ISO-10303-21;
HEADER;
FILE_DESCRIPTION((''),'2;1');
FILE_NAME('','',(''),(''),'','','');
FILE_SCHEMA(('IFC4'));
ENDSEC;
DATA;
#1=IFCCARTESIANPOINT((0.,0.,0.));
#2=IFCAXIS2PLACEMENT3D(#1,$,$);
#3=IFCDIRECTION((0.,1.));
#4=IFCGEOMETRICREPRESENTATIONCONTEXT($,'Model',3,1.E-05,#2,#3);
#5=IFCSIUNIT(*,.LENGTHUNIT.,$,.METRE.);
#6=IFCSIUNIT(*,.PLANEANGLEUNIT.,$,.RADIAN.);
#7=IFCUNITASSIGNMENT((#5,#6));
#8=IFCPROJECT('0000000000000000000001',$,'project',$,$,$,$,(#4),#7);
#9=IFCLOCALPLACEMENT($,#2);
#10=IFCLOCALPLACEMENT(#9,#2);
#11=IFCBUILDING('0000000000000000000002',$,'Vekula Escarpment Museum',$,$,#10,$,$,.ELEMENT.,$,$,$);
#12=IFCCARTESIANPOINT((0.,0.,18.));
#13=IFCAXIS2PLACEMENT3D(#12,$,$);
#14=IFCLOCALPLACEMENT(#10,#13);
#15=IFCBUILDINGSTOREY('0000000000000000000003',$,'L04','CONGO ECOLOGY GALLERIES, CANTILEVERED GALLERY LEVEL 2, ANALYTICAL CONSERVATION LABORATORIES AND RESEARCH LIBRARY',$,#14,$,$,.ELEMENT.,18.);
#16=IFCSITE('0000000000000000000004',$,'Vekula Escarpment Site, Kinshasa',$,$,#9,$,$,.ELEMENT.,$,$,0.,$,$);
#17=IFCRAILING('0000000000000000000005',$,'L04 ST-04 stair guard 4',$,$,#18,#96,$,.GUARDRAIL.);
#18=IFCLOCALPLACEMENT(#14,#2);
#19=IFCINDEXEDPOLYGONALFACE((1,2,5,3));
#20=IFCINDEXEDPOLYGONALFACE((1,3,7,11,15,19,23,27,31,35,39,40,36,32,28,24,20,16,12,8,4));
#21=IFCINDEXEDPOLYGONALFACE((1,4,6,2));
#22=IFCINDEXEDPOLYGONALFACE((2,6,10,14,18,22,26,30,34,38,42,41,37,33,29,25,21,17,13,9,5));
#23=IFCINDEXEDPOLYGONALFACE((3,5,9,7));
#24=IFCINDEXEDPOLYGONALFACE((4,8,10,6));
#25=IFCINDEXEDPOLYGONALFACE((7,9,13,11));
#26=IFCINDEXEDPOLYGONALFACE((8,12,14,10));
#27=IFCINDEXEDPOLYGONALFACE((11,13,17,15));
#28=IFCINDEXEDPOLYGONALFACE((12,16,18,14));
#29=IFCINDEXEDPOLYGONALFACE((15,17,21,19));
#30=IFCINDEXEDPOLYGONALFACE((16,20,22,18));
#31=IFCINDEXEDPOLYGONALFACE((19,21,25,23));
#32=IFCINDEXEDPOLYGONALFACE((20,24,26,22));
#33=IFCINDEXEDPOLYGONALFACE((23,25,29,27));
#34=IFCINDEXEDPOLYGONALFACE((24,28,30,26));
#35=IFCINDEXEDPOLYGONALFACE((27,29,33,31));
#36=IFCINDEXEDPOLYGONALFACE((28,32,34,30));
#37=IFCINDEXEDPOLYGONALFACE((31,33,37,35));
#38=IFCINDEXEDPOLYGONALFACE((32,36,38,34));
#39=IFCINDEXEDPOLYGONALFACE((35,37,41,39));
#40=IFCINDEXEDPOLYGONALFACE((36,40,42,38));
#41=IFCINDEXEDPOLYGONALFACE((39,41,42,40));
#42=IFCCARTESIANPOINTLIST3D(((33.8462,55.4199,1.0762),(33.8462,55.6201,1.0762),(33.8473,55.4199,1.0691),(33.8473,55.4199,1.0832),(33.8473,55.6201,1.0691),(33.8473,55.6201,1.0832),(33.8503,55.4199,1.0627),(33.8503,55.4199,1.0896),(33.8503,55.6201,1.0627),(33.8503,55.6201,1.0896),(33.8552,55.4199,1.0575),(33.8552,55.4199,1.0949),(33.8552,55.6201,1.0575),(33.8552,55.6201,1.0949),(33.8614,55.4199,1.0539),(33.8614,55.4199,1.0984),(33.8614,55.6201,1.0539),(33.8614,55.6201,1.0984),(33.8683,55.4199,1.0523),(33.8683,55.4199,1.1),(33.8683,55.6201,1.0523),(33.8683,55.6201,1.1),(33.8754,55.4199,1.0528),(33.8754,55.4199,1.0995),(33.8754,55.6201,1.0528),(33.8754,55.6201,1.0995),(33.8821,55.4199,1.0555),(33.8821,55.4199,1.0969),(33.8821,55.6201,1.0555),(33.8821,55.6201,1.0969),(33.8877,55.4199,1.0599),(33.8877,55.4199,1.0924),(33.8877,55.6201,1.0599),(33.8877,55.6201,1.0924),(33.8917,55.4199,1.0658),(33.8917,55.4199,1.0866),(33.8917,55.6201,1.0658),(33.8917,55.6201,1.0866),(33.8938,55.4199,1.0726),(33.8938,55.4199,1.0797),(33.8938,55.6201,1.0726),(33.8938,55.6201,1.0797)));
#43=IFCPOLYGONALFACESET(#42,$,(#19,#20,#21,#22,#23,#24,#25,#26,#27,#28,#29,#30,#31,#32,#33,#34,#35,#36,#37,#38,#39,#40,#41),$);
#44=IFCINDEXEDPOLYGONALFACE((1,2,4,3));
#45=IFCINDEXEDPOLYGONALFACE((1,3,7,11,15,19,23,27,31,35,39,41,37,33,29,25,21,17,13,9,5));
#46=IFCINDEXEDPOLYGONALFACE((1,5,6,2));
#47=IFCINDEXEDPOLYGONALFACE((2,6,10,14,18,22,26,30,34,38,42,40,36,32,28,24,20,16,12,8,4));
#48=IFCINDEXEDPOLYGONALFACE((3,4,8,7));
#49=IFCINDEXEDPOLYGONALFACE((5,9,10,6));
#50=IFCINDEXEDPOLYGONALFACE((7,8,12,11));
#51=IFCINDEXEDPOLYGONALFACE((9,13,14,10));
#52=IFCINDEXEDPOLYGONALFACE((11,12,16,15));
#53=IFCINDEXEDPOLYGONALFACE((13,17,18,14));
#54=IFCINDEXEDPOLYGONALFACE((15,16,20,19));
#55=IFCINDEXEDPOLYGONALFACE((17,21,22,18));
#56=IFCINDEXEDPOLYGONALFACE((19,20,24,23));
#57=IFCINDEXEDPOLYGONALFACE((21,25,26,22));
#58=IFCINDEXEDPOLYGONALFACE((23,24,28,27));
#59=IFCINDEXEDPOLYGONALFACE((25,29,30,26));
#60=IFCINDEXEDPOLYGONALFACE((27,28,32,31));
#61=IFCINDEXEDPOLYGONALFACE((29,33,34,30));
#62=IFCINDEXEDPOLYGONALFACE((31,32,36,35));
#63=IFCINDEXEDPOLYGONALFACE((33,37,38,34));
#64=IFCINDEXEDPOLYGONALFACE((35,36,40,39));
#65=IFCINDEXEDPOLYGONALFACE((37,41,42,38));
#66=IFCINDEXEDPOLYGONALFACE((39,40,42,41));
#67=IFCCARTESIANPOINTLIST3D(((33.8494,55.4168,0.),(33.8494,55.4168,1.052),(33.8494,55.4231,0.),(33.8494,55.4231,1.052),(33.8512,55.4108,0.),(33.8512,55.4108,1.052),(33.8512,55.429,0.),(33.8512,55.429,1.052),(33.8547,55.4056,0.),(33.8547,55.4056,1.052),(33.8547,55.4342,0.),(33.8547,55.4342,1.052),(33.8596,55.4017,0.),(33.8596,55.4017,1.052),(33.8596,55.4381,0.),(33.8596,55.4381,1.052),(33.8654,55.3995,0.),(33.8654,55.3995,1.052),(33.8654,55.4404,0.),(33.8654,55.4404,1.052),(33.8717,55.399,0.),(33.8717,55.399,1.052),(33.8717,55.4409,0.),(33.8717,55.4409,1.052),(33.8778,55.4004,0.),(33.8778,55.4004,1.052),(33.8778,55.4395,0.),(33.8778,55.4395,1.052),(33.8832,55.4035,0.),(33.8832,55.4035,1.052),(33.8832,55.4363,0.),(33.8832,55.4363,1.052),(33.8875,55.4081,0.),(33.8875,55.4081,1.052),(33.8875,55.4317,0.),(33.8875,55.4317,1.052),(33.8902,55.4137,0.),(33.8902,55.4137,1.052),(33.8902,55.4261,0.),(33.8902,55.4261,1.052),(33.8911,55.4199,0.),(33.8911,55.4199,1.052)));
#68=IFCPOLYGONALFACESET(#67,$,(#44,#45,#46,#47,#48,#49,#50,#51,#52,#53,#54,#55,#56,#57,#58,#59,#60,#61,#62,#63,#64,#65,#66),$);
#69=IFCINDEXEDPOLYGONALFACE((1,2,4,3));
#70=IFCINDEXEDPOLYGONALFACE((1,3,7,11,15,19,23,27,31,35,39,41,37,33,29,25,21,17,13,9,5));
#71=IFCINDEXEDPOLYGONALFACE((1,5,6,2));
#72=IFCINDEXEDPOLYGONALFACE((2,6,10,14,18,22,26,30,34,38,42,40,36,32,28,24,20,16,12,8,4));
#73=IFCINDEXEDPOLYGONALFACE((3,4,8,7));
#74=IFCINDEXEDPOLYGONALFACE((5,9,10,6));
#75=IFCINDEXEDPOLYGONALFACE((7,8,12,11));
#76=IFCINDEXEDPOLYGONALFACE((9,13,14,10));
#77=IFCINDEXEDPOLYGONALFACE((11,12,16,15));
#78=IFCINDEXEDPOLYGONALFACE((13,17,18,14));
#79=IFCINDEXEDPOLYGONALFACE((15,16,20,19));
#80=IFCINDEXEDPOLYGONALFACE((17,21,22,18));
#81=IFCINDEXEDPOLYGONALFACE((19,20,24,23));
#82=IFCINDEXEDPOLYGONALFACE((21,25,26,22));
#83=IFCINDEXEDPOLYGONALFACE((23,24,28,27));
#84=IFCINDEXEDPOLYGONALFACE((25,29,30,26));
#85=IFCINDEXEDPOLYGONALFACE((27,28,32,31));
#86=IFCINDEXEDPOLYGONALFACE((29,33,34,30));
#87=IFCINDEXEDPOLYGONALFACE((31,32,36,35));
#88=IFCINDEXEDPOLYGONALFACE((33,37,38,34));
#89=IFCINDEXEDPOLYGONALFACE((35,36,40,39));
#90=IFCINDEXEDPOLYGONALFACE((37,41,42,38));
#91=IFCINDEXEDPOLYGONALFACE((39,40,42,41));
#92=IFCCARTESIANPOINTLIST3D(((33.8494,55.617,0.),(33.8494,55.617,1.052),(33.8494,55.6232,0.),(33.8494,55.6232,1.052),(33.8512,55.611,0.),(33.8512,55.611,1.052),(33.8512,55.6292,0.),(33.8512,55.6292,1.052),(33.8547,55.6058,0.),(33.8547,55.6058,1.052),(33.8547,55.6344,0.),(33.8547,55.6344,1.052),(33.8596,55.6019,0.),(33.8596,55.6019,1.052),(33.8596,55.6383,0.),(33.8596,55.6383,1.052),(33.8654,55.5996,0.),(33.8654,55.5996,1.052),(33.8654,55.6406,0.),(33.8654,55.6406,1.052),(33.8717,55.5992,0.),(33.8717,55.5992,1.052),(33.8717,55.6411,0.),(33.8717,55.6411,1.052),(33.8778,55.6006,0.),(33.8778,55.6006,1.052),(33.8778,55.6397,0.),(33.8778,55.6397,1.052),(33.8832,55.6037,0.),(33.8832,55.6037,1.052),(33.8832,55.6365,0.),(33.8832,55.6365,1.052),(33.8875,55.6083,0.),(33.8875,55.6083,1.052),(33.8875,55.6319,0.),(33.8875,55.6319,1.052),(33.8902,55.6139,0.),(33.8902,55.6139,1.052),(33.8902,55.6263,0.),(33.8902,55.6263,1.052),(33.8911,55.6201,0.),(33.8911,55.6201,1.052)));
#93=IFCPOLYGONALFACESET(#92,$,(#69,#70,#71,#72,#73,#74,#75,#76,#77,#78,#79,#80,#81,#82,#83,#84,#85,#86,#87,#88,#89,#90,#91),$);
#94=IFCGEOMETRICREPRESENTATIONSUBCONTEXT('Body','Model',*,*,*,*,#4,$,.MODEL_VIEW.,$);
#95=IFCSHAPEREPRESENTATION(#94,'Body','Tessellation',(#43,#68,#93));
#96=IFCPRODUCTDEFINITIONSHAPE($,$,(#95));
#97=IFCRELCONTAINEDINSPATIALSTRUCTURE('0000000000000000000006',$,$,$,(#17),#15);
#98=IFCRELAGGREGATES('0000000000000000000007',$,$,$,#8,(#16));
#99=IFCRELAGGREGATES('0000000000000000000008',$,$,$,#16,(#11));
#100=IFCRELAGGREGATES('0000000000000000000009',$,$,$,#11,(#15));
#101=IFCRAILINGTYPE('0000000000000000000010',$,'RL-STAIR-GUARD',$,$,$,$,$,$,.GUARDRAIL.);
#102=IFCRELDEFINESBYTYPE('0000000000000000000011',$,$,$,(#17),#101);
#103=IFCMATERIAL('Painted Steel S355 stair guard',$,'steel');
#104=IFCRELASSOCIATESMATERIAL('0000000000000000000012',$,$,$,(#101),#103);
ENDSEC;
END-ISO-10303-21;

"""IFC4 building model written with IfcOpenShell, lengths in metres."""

from ifc_helpers import new_model, si_unit, direction, frame, origin, origin_2d, place, context, subcontext, project, spatial, circle, extrude, material, type_object, element, save


model = new_model("IFC4")

# Units and contexts
model_context = context("Model", 3, precision=1e-05, world=origin(), true_north=direction((0.0, 1.0)))
body_context = subcontext(model_context, "Body", "Model", "MODEL_VIEW")
ifc_project = project(units=[si_unit("LENGTHUNIT", "METRE"), si_unit("PLANEANGLEUNIT", "RADIAN")], contexts=[model_context])

# Site, building, storey
site_placement = place(None, origin())
site = spatial("IfcSite", under=ifc_project, at=site_placement, Name="Vekula Escarpment Site, Kinshasa", CompositionType="ELEMENT", RefElevation=0.0)
building_placement = place(site_placement, origin())
building = spatial("IfcBuilding", under=site, at=building_placement, Name="Vekula Escarpment Museum", CompositionType="ELEMENT")
storey_placement = place(building_placement, frame((0.0, 0.0, 18.0)))
storey = spatial("IfcBuildingStorey", under=building, at=storey_placement, Name="L04", Description="CONGO ECOLOGY GALLERIES, CANTILEVERED GALLERY LEVEL 2, ANALYTICAL CONSERVATION LABORATORIES AND RESEARCH LIBRARY", CompositionType="ELEMENT", Elevation=18.0)

# Railing
ifc_material_1 = material(Name="Painted Steel S355 stair guard", Category="steel")
railing_type_1 = type_object("IfcRailingType", Name="RL-STAIR-GUARD", PredefinedType="GUARDRAIL", material=ifc_material_1)
railing_1_placement = place(storey_placement, frame((33.8701, 55.4199, 0.0)))
element("IfcRailing", 1, at=railing_1_placement, inside=storey, type_object=railing_type_1, Name="L04 ST-04 stair guard 4", PredefinedType="GUARDRAIL", context=body_context, shape_type="SweptSolid", body=[
    extrude(circle(Radius=0.0239, at=origin_2d()), frame((0.0, 0.0, 1.0762), z_axis=(0.0, 1.0, 0.0), x_axis=(-1.0, 0.0, 0.0)), (0.0, 0.0, 1.0), 0.2002),
    extrude(circle(Radius=0.021, at=origin_2d()), origin(), (0.0, 0.0, 1.0), 1.052),
    extrude(circle(Radius=0.021, at=origin_2d()), frame((0.0, 0.2002, 0.0)), (0.0, 0.0, 1.0), 1.052),
])

save(model, "model.ifc")
